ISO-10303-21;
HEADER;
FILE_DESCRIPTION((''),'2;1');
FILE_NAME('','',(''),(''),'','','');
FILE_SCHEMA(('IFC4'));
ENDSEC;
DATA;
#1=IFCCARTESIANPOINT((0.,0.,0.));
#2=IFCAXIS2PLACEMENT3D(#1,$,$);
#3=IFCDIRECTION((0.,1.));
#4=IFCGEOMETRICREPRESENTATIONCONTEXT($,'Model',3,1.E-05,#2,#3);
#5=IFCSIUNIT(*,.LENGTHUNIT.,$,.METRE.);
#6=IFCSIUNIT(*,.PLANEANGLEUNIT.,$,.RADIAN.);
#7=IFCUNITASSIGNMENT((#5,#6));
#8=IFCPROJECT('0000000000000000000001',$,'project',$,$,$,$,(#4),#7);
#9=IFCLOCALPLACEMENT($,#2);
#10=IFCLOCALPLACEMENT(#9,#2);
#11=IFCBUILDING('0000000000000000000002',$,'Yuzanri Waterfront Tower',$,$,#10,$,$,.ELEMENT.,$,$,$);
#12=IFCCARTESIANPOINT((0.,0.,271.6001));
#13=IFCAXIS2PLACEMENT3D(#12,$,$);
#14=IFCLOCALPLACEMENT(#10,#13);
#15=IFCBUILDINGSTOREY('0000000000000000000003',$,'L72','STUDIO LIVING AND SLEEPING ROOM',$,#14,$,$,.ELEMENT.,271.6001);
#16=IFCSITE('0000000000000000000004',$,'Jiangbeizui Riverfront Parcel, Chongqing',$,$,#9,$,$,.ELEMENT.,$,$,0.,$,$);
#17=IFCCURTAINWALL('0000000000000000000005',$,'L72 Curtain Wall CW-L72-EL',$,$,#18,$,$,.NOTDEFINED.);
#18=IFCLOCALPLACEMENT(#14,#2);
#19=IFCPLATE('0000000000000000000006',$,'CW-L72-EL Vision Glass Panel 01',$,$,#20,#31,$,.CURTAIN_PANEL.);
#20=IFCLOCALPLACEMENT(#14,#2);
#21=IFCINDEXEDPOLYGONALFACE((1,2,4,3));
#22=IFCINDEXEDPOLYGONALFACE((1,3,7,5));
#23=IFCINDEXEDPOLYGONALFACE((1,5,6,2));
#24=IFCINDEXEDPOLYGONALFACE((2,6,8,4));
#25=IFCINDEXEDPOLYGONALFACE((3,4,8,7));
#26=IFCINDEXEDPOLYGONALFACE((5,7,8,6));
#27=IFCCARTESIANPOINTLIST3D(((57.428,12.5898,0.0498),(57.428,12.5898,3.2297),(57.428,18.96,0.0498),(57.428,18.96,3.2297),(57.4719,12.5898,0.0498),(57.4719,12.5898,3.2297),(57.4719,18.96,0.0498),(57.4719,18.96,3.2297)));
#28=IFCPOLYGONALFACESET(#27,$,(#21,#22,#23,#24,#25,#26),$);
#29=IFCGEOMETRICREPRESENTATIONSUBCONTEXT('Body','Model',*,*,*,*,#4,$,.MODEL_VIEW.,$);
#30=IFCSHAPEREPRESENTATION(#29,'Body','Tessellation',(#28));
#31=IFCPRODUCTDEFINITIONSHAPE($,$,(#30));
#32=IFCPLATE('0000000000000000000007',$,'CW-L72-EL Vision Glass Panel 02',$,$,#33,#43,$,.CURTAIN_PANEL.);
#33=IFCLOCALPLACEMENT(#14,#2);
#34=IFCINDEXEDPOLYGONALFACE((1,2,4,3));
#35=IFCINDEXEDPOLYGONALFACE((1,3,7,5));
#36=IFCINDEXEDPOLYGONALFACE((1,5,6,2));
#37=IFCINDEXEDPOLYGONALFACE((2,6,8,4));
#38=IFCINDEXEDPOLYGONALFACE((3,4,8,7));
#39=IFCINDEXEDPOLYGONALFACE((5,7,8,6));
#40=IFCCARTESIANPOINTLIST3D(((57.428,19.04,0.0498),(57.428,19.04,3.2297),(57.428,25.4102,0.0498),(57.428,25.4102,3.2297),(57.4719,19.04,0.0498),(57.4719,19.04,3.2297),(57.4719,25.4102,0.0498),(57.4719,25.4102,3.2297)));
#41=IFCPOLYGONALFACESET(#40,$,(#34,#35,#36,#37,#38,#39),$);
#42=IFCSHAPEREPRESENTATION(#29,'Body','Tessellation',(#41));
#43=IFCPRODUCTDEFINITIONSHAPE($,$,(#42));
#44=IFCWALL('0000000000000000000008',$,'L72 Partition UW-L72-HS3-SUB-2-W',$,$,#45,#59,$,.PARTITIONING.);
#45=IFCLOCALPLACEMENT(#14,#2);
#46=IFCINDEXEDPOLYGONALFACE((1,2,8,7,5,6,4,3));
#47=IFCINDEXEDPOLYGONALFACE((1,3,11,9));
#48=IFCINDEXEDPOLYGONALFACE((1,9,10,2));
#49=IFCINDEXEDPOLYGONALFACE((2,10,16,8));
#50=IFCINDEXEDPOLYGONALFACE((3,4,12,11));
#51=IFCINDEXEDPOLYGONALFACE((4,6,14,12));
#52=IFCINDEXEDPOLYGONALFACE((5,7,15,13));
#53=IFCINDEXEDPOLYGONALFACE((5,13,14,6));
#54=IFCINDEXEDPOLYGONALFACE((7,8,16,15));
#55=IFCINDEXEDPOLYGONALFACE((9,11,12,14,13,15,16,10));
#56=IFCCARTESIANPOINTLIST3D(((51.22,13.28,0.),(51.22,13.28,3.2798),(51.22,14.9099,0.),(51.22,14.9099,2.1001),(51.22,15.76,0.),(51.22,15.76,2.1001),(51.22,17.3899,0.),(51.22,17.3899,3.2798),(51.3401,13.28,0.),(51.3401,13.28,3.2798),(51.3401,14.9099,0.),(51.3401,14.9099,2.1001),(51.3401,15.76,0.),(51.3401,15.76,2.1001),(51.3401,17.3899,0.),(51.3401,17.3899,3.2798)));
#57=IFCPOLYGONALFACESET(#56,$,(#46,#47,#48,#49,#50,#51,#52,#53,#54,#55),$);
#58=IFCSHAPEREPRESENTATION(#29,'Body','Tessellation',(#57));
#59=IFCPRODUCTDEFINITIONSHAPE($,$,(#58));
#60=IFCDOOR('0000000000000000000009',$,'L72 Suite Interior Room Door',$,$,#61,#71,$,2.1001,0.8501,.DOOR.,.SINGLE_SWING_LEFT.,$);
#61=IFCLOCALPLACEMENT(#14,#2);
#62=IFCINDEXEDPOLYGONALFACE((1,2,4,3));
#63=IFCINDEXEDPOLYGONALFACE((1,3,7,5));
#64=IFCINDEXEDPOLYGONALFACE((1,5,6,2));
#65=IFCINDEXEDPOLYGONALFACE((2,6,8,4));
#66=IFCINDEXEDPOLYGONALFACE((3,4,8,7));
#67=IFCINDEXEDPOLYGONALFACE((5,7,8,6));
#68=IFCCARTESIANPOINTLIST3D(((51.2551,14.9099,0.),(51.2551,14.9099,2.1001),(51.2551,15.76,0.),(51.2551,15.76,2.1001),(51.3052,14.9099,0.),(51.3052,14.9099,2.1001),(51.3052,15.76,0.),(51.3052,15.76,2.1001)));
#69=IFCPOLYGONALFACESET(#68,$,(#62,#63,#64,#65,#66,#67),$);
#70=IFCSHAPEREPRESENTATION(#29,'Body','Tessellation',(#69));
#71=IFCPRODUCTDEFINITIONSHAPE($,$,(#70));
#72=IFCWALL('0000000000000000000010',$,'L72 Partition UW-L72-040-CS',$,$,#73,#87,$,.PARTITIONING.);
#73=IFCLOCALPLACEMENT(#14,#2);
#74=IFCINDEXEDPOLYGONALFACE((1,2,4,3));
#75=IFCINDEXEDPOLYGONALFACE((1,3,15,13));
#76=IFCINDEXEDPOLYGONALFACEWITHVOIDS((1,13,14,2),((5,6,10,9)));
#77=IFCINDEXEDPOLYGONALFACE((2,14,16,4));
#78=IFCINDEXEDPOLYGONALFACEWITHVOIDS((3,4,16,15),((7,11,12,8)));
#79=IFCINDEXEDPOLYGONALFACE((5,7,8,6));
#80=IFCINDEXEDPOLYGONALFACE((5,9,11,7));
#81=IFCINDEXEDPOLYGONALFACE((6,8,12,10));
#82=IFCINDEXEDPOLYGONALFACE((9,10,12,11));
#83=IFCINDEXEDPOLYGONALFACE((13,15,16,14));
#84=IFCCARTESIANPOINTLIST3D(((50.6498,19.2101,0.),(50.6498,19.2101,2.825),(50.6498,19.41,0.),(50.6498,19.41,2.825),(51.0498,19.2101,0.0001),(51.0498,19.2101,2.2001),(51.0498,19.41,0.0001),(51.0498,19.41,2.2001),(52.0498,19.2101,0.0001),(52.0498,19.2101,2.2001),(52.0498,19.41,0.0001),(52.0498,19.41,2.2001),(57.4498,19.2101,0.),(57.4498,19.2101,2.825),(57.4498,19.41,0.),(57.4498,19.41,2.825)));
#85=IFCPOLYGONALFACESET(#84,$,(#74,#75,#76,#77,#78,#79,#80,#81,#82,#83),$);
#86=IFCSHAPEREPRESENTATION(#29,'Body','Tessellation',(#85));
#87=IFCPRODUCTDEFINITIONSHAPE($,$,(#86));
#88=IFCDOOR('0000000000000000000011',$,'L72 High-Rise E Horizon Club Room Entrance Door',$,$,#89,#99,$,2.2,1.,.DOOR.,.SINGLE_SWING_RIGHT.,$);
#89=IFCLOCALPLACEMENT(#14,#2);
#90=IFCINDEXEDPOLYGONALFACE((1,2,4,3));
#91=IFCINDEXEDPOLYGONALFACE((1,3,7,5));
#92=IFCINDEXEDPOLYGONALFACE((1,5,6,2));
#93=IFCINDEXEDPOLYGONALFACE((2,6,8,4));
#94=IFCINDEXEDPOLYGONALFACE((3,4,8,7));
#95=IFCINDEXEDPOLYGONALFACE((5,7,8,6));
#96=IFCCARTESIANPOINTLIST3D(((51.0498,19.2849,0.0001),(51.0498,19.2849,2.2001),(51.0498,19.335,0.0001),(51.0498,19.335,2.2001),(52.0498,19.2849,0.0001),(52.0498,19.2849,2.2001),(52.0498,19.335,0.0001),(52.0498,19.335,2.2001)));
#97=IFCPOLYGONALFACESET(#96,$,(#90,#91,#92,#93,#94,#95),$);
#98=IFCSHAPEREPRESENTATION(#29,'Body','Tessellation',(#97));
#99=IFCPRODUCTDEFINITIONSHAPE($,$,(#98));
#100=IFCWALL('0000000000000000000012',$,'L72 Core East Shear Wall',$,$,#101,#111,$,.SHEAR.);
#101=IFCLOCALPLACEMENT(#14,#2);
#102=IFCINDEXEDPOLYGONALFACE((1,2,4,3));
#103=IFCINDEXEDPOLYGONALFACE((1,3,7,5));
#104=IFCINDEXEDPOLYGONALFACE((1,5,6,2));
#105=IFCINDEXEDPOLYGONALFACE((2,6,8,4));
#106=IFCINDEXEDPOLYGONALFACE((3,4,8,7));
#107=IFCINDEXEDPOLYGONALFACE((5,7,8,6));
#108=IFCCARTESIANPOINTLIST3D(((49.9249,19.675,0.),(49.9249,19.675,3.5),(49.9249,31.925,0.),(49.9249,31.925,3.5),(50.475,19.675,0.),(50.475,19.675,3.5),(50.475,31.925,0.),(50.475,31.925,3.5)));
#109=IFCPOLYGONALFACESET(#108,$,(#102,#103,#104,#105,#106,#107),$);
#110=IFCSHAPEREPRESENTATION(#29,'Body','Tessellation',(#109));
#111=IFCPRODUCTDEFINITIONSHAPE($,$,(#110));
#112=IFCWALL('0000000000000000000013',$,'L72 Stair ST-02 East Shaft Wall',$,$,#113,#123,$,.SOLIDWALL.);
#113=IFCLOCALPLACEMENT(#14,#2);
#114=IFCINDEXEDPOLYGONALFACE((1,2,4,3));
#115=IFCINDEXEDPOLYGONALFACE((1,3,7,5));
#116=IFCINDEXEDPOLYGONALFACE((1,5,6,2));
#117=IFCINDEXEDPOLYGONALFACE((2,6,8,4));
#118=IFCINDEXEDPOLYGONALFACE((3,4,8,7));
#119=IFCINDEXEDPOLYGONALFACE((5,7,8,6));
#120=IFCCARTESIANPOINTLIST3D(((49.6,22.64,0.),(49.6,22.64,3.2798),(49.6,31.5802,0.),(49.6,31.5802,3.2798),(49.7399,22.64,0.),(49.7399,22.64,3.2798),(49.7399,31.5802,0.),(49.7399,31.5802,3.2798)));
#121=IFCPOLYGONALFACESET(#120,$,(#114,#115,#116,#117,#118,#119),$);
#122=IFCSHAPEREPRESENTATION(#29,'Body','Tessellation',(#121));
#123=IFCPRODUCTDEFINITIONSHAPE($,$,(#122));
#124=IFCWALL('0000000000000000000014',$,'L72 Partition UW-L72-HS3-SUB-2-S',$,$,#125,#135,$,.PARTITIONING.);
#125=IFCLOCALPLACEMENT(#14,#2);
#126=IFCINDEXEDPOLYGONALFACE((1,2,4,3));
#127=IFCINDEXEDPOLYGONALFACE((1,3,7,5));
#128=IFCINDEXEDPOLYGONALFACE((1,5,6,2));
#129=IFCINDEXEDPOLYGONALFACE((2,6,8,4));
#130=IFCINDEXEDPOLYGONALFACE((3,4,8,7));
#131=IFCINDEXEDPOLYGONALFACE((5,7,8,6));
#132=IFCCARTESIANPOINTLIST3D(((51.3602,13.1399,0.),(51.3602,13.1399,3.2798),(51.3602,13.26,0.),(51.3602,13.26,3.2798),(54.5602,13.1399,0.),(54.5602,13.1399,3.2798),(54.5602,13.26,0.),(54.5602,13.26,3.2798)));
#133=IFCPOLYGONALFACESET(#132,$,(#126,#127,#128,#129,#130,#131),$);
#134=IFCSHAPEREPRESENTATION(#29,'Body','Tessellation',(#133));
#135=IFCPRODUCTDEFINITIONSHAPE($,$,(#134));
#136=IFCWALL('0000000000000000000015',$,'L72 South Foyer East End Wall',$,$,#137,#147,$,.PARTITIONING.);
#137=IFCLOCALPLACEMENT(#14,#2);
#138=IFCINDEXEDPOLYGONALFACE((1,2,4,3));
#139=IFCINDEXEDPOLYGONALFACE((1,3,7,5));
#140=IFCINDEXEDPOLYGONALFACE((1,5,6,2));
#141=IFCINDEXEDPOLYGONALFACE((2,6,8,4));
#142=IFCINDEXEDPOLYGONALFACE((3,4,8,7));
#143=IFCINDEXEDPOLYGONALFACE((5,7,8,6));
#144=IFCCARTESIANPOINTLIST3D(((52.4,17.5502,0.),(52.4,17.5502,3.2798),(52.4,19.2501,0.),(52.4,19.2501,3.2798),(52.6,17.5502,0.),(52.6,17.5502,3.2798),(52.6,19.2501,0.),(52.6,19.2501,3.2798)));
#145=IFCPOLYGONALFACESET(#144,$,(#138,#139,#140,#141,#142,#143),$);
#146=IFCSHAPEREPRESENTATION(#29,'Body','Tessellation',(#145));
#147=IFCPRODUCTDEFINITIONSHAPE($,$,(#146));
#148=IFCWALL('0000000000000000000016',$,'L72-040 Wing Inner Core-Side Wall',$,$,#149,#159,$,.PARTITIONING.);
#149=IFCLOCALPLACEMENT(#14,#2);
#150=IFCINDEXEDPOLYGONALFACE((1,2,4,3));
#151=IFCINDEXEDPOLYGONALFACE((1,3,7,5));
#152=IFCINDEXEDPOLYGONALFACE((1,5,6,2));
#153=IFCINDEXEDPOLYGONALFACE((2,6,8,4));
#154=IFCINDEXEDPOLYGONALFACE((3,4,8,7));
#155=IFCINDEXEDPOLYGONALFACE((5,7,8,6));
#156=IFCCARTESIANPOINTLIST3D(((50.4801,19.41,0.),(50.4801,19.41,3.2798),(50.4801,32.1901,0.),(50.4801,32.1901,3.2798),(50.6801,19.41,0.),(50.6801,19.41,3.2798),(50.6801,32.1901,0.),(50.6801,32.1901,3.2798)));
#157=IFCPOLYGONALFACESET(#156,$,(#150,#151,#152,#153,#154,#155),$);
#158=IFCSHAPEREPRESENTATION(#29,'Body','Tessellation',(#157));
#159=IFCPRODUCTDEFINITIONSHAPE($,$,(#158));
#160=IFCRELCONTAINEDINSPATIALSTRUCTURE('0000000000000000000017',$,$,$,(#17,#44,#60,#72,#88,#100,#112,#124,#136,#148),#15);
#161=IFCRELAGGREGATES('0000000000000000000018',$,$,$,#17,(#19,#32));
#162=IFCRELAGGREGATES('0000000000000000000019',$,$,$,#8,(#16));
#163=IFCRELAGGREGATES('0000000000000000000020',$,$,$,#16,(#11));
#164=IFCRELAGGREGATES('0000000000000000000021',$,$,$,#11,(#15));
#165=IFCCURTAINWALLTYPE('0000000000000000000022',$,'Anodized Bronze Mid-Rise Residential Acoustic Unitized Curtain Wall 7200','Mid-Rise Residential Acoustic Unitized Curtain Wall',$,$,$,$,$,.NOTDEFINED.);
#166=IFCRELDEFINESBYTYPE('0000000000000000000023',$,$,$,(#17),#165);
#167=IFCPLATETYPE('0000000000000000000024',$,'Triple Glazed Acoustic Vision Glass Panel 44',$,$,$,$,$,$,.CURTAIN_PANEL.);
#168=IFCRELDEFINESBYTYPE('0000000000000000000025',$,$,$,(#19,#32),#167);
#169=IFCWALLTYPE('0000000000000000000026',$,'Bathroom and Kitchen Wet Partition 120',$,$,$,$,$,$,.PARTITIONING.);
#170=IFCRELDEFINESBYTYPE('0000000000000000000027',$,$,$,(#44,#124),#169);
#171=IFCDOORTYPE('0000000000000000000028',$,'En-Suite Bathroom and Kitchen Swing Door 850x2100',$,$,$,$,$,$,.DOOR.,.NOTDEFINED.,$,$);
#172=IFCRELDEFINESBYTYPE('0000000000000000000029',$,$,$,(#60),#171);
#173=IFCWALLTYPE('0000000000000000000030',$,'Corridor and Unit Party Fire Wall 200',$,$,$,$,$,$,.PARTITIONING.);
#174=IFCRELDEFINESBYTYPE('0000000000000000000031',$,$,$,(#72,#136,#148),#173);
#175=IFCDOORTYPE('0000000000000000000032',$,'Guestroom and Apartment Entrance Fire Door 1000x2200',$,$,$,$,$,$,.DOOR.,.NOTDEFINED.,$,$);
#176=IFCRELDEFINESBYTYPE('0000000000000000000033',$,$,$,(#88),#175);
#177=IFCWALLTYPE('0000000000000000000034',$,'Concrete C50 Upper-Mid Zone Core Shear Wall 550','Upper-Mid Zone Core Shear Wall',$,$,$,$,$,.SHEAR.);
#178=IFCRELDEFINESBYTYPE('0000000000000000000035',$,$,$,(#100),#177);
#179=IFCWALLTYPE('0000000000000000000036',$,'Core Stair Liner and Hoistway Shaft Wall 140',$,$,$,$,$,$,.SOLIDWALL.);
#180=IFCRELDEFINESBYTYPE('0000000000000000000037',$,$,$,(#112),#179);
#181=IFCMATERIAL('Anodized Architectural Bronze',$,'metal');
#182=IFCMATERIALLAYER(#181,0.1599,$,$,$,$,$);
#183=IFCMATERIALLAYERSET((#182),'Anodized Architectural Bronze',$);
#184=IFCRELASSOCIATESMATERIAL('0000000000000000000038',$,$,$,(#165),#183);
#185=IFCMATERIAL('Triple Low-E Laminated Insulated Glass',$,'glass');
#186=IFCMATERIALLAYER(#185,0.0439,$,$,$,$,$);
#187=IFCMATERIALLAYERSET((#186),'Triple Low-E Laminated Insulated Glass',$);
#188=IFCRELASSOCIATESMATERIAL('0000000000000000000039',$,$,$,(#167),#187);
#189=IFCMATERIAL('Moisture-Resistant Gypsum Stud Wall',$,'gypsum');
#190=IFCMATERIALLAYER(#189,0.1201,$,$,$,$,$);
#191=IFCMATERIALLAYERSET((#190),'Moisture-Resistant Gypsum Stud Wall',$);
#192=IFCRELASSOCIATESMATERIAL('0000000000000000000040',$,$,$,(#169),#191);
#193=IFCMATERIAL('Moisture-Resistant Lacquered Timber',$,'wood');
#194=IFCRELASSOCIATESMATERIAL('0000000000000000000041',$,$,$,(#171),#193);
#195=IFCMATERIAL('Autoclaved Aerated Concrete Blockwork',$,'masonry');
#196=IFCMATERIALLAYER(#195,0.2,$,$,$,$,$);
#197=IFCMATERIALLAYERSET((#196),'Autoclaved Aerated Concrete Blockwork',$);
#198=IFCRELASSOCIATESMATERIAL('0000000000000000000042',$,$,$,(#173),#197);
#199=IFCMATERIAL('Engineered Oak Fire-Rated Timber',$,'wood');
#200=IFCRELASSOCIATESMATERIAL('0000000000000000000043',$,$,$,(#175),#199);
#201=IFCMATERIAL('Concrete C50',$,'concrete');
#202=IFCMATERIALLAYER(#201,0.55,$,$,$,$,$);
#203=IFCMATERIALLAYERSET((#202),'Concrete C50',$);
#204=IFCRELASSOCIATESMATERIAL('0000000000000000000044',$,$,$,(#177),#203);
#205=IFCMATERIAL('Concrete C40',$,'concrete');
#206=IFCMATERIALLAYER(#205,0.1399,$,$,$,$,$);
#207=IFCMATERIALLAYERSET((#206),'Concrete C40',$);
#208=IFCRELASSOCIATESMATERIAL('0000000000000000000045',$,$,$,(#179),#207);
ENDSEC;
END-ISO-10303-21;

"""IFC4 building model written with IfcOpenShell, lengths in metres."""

from ifc_helpers import new_model, si_unit, direction, frame, frame_2d, origin, origin_2d, place, context, subcontext, project, spatial, rectangle, extrude, source, transform, mapped, material, layer, layer_set, type_object, element, fill, aggregate, save


model = new_model("IFC4")

# Units and contexts
model_context = context("Model", 3, precision=1e-05, world=origin(), true_north=direction((0.0, 1.0)))
body_context = subcontext(model_context, "Body", "Model", "MODEL_VIEW")
ifc_project = project(units=[si_unit("LENGTHUNIT", "METRE"), si_unit("PLANEANGLEUNIT", "RADIAN")], contexts=[model_context])

# Site, building, storey
site_placement = place(None, origin())
site = spatial("IfcSite", under=ifc_project, at=site_placement, Name="Jiangbeizui Riverfront Parcel, Chongqing", CompositionType="ELEMENT", RefElevation=0.0)
building_placement = place(site_placement, origin())
building = spatial("IfcBuilding", under=site, at=building_placement, Name="Yuzanri Waterfront Tower", CompositionType="ELEMENT")
storey_placement = place(building_placement, frame((0.0, 0.0, 271.6001)))
storey = spatial("IfcBuildingStorey", under=building, at=storey_placement, Name="L72", Description="STUDIO LIVING AND SLEEPING ROOM", CompositionType="ELEMENT", Elevation=271.6001)

# Curtain wall, plates
ifc_material_1 = material(Name="Anodized Architectural Bronze", Category="metal")
ifc_layer_1 = layer(ifc_material_1, 0.1599)
ifc_layer_set_1 = layer_set([ifc_layer_1], Name="Anodized Architectural Bronze")
curtain_wall_type = type_object("IfcCurtainWallType", Name="Anodized Bronze Mid-Rise Residential Acoustic Unitized Curtain Wall 7200", Description="Mid-Rise Residential Acoustic Unitized Curtain Wall", PredefinedType="NOTDEFINED", material=ifc_layer_set_1)
curtain_wall_placement = place(storey_placement, origin())
curtain_wall = element("IfcCurtainWall", 1, at=curtain_wall_placement, inside=storey, type_object=curtain_wall_type, Name="L72 Curtain Wall CW-L72-EL", PredefinedType="NOTDEFINED")
ifc_material_2 = material(Name="Triple Low-E Laminated Insulated Glass", Category="glass")
ifc_layer_2 = layer(ifc_material_2, 0.0439)
ifc_layer_set_2 = layer_set([ifc_layer_2], Name="Triple Low-E Laminated Insulated Glass")
plate_type = type_object("IfcPlateType", Name="Triple Glazed Acoustic Vision Glass Panel 44", PredefinedType="CURTAIN_PANEL", material=ifc_layer_set_2)
shared_shape_1 = source(origin(), body_context, "Body", "SweptSolid", [
    extrude(rectangle(XDim=6.3701, YDim=0.0439, at=origin_2d()), origin(), (0.0, 0.0, 1.0), 3.1799),
])
plate_1_placement = place(storey_placement, frame((57.45, 15.7749, 0.0498), z_axis=(0.0, 0.0, 1.0), x_axis=(0.0, 1.0, 0.0)))
plate_1 = element("IfcPlate", 2, at=plate_1_placement, type_object=plate_type, Name="CW-L72-EL Vision Glass Panel 01", PredefinedType="CURTAIN_PANEL", context=body_context, shape_type="MappedRepresentation", body=[
    mapped(shared_shape_1, transform((0.0, 0.0, 0.0), scale=1.0)),
])
plate_2_placement = place(storey_placement, frame((57.45, 22.2251, 0.0498), z_axis=(0.0, 0.0, 1.0), x_axis=(0.0, 1.0, 0.0)))
plate_2 = element("IfcPlate", 3, at=plate_2_placement, type_object=plate_type, Name="CW-L72-EL Vision Glass Panel 02", PredefinedType="CURTAIN_PANEL", context=body_context, shape_type="MappedRepresentation", body=[
    mapped(shared_shape_1, transform((0.0, 0.0, 0.0), scale=1.0)),
])
aggregate(curtain_wall, [plate_1, plate_2])

# Walls, openings, doors
ifc_material_3 = material(Name="Moisture-Resistant Gypsum Stud Wall", Category="gypsum")
ifc_layer_3 = layer(ifc_material_3, 0.1201)
ifc_layer_set_3 = layer_set([ifc_layer_3], Name="Moisture-Resistant Gypsum Stud Wall")
wall_type_1 = type_object("IfcWallType", Name="Bathroom and Kitchen Wet Partition 120", PredefinedType="PARTITIONING", material=ifc_layer_set_3)
wall_1_placement = place(storey_placement, frame((51.28, 13.28, 0.0), z_axis=(0.0, 0.0, 1.0), x_axis=(0.0, 1.0, 0.0)))
wall_1 = element("IfcWall", 4, at=wall_1_placement, inside=storey, type_object=wall_type_1, Name="L72 Partition UW-L72-HS3-SUB-2-W", PredefinedType="PARTITIONING", context=body_context, shape_type="SweptSolid", body=[
    extrude(rectangle(XDim=4.1099, YDim=0.1201, at=frame_2d((2.0549, 0.0))), origin(), (0.0, 0.0, 1.0), 3.2798),
])
opening_1_placement = place(wall_1_placement, frame((1.6299, 0.0, 0.0)))
opening_1 = element("IfcOpeningElement", 5, at=opening_1_placement, cuts=wall_1, PredefinedType="OPENING", context=body_context, shape_type="SweptSolid", body=[
    extrude(rectangle(XDim=0.8501, YDim=2.1001, at=frame_2d((0.425, 1.05))), frame((0.0, 0.075, 0.0), z_axis=(0.0, -1.0, 0.0), x_axis=(1.0, 0.0, 0.0)), (0.0, 0.0, 1.0), 0.1499),
])
ifc_material_4 = material(Name="Moisture-Resistant Lacquered Timber", Category="wood")
door_type_1 = type_object("IfcDoorType", Name="En-Suite Bathroom and Kitchen Swing Door 850x2100", OperationType="NOTDEFINED", PredefinedType="DOOR", material=ifc_material_4)
shared_shape_2 = source(origin(), body_context, "Body", "SweptSolid", [
    extrude(rectangle(XDim=0.8501, YDim=2.1001, at=frame_2d((0.425, 1.05))), frame((0.0, 0.0249, 0.0), z_axis=(0.0, -1.0, 0.0), x_axis=(1.0, 0.0, 0.0)), (0.0, 0.0, 1.0), 0.05),
])
door_1_placement = place(opening_1_placement, origin())
door_1 = element("IfcDoor", 6, at=door_1_placement, inside=storey, type_object=door_type_1, Name="L72 Suite Interior Room Door", OperationType="SINGLE_SWING_LEFT", OverallHeight=2.1001, OverallWidth=0.8501, PredefinedType="DOOR", context=body_context, shape_type="MappedRepresentation", body=[
    mapped(shared_shape_2, transform((0.0, 0.0, 0.0), scale=1.0)),
])
fill(opening_1, door_1)
ifc_material_5 = material(Name="Autoclaved Aerated Concrete Blockwork", Category="masonry")
ifc_layer_4 = layer(ifc_material_5, 0.2)
ifc_layer_set_4 = layer_set([ifc_layer_4], Name="Autoclaved Aerated Concrete Blockwork")
wall_type_2 = type_object("IfcWallType", Name="Corridor and Unit Party Fire Wall 200", PredefinedType="PARTITIONING", material=ifc_layer_set_4)
wall_2_placement = place(storey_placement, frame((50.6499, 19.3101, 0.0), z_axis=(0.0, 0.0, 1.0), x_axis=(1.0, 0.0, 0.0)))
wall_2 = element("IfcWall", 7, at=wall_2_placement, inside=storey, type_object=wall_type_2, Name="L72 Partition UW-L72-040-CS", PredefinedType="PARTITIONING", context=body_context, shape_type="SweptSolid", body=[
    extrude(rectangle(XDim=6.8, YDim=0.2, at=frame_2d((3.3999, 0.0))), origin(), (0.0, 0.0, 1.0), 2.825),
])
opening_2_placement = place(wall_2_placement, frame((0.3999, 0.0, 0.0)))
opening_2 = element("IfcOpeningElement", 8, at=opening_2_placement, cuts=wall_2, PredefinedType="OPENING", context=body_context, shape_type="SweptSolid", body=[
    extrude(rectangle(XDim=1.0, YDim=2.2, at=frame_2d((0.5, 1.1001))), frame((0.0, 0.1147, 0.0), z_axis=(0.0, -1.0, 0.0), x_axis=(1.0, 0.0, 0.0)), (0.0, 0.0, 1.0), 0.2297),
])
ifc_material_6 = material(Name="Engineered Oak Fire-Rated Timber", Category="wood")
door_type_2 = type_object("IfcDoorType", Name="Guestroom and Apartment Entrance Fire Door 1000x2200", OperationType="NOTDEFINED", PredefinedType="DOOR", material=ifc_material_6)
shared_shape_3 = source(origin(), body_context, "Body", "SweptSolid", [
    extrude(rectangle(XDim=1.0, YDim=2.2, at=frame_2d((0.5, 1.1001))), frame((0.0, 0.0249, 0.0), z_axis=(0.0, -1.0, 0.0), x_axis=(1.0, 0.0, 0.0)), (0.0, 0.0, 1.0), 0.05),
])
door_2_placement = place(opening_2_placement, origin())
door_2 = element("IfcDoor", 9, at=door_2_placement, inside=storey, type_object=door_type_2, Name="L72 High-Rise E Horizon Club Room Entrance Door", OperationType="SINGLE_SWING_RIGHT", OverallHeight=2.2, OverallWidth=1.0, PredefinedType="DOOR", context=body_context, shape_type="MappedRepresentation", body=[
    mapped(shared_shape_3, transform((0.0, 0.0, 0.0), scale=1.0)),
])
fill(opening_2, door_2)

# Walls
ifc_material_7 = material(Name="Concrete C50", Category="concrete")
ifc_layer_5 = layer(ifc_material_7, 0.55)
ifc_layer_set_5 = layer_set([ifc_layer_5], Name="Concrete C50")
wall_type_3 = type_object("IfcWallType", Name="Concrete C50 Upper-Mid Zone Core Shear Wall 550", Description="Upper-Mid Zone Core Shear Wall", PredefinedType="SHEAR", material=ifc_layer_set_5)
shared_shape_4 = source(origin(), body_context, "Body", "SweptSolid", [
    extrude(rectangle(XDim=12.25, YDim=0.55, at=frame_2d((6.125, 0.0))), origin(), (0.0, 0.0, 1.0), 3.5),
])
wall_3_placement = place(storey_placement, frame((50.2, 19.675, 0.0), z_axis=(0.0, 0.0, 1.0), x_axis=(0.0, 1.0, 0.0)))
element("IfcWall", 10, at=wall_3_placement, inside=storey, type_object=wall_type_3, Name="L72 Core East Shear Wall", PredefinedType="SHEAR", context=body_context, shape_type="MappedRepresentation", body=[
    mapped(shared_shape_4, transform((0.0, 0.0, 0.0), scale=1.0)),
])
ifc_material_8 = material(Name="Concrete C40", Category="concrete")
ifc_layer_6 = layer(ifc_material_8, 0.1399)
ifc_layer_set_6 = layer_set([ifc_layer_6], Name="Concrete C40")
wall_type_4 = type_object("IfcWallType", Name="Core Stair Liner and Hoistway Shaft Wall 140", PredefinedType="SOLIDWALL", material=ifc_layer_set_6)
shared_shape_5 = source(origin(), body_context, "Body", "SweptSolid", [
    extrude(rectangle(XDim=8.9402, YDim=0.1399, at=frame_2d((4.4702, 0.0))), origin(), (0.0, 0.0, 1.0), 3.2798),
])
wall_4_placement = place(storey_placement, frame((49.6699, 22.6399, 0.0), z_axis=(0.0, 0.0, 1.0), x_axis=(0.0, 1.0, 0.0)))
element("IfcWall", 11, at=wall_4_placement, inside=storey, type_object=wall_type_4, Name="L72 Stair ST-02 East Shaft Wall", PredefinedType="SOLIDWALL", context=body_context, shape_type="MappedRepresentation", body=[
    mapped(shared_shape_5, transform((0.0, 0.0, 0.0), scale=1.0)),
])
shared_shape_6 = source(origin(), body_context, "Body", "SweptSolid", [
    extrude(rectangle(XDim=3.2, YDim=0.1201, at=frame_2d((1.6001, 0.0))), origin(), (0.0, 0.0, 1.0), 3.2798),
])
wall_5_placement = place(storey_placement, frame((51.3601, 13.2, 0.0), z_axis=(0.0, 0.0, 1.0), x_axis=(1.0, 0.0, 0.0)))
element("IfcWall", 12, at=wall_5_placement, inside=storey, type_object=wall_type_1, Name="L72 Partition UW-L72-HS3-SUB-2-S", PredefinedType="PARTITIONING", context=body_context, shape_type="MappedRepresentation", body=[
    mapped(shared_shape_6, transform((0.0, 0.0, 0.0), scale=1.0)),
])
shared_shape_7 = source(origin(), body_context, "Body", "SweptSolid", [
    extrude(rectangle(XDim=1.7, YDim=0.2, at=frame_2d((0.8501, 0.0))), origin(), (0.0, 0.0, 1.0), 3.2798),
])
wall_6_placement = place(storey_placement, frame((52.5, 17.55, 0.0), z_axis=(0.0, 0.0, 1.0), x_axis=(0.0, 1.0, 0.0)))
element("IfcWall", 13, at=wall_6_placement, inside=storey, type_object=wall_type_2, Name="L72 South Foyer East End Wall", PredefinedType="PARTITIONING", context=body_context, shape_type="MappedRepresentation", body=[
    mapped(shared_shape_7, transform((0.0, 0.0, 0.0), scale=1.0)),
])
shared_shape_8 = source(origin(), body_context, "Body", "SweptSolid", [
    extrude(rectangle(XDim=12.78, YDim=0.2, at=frame_2d((6.3901, 0.0))), origin(), (0.0, 0.0, 1.0), 3.2798),
])
wall_7_placement = place(storey_placement, frame((50.5801, 19.4099, 0.0), z_axis=(0.0, 0.0, 1.0), x_axis=(0.0, 1.0, 0.0)))
element("IfcWall", 14, at=wall_7_placement, inside=storey, type_object=wall_type_2, Name="L72-040 Wing Inner Core-Side Wall", PredefinedType="PARTITIONING", context=body_context, shape_type="MappedRepresentation", body=[
    mapped(shared_shape_8, transform((0.0, 0.0, 0.0), scale=1.0)),
])

save(model, "model.ifc")
